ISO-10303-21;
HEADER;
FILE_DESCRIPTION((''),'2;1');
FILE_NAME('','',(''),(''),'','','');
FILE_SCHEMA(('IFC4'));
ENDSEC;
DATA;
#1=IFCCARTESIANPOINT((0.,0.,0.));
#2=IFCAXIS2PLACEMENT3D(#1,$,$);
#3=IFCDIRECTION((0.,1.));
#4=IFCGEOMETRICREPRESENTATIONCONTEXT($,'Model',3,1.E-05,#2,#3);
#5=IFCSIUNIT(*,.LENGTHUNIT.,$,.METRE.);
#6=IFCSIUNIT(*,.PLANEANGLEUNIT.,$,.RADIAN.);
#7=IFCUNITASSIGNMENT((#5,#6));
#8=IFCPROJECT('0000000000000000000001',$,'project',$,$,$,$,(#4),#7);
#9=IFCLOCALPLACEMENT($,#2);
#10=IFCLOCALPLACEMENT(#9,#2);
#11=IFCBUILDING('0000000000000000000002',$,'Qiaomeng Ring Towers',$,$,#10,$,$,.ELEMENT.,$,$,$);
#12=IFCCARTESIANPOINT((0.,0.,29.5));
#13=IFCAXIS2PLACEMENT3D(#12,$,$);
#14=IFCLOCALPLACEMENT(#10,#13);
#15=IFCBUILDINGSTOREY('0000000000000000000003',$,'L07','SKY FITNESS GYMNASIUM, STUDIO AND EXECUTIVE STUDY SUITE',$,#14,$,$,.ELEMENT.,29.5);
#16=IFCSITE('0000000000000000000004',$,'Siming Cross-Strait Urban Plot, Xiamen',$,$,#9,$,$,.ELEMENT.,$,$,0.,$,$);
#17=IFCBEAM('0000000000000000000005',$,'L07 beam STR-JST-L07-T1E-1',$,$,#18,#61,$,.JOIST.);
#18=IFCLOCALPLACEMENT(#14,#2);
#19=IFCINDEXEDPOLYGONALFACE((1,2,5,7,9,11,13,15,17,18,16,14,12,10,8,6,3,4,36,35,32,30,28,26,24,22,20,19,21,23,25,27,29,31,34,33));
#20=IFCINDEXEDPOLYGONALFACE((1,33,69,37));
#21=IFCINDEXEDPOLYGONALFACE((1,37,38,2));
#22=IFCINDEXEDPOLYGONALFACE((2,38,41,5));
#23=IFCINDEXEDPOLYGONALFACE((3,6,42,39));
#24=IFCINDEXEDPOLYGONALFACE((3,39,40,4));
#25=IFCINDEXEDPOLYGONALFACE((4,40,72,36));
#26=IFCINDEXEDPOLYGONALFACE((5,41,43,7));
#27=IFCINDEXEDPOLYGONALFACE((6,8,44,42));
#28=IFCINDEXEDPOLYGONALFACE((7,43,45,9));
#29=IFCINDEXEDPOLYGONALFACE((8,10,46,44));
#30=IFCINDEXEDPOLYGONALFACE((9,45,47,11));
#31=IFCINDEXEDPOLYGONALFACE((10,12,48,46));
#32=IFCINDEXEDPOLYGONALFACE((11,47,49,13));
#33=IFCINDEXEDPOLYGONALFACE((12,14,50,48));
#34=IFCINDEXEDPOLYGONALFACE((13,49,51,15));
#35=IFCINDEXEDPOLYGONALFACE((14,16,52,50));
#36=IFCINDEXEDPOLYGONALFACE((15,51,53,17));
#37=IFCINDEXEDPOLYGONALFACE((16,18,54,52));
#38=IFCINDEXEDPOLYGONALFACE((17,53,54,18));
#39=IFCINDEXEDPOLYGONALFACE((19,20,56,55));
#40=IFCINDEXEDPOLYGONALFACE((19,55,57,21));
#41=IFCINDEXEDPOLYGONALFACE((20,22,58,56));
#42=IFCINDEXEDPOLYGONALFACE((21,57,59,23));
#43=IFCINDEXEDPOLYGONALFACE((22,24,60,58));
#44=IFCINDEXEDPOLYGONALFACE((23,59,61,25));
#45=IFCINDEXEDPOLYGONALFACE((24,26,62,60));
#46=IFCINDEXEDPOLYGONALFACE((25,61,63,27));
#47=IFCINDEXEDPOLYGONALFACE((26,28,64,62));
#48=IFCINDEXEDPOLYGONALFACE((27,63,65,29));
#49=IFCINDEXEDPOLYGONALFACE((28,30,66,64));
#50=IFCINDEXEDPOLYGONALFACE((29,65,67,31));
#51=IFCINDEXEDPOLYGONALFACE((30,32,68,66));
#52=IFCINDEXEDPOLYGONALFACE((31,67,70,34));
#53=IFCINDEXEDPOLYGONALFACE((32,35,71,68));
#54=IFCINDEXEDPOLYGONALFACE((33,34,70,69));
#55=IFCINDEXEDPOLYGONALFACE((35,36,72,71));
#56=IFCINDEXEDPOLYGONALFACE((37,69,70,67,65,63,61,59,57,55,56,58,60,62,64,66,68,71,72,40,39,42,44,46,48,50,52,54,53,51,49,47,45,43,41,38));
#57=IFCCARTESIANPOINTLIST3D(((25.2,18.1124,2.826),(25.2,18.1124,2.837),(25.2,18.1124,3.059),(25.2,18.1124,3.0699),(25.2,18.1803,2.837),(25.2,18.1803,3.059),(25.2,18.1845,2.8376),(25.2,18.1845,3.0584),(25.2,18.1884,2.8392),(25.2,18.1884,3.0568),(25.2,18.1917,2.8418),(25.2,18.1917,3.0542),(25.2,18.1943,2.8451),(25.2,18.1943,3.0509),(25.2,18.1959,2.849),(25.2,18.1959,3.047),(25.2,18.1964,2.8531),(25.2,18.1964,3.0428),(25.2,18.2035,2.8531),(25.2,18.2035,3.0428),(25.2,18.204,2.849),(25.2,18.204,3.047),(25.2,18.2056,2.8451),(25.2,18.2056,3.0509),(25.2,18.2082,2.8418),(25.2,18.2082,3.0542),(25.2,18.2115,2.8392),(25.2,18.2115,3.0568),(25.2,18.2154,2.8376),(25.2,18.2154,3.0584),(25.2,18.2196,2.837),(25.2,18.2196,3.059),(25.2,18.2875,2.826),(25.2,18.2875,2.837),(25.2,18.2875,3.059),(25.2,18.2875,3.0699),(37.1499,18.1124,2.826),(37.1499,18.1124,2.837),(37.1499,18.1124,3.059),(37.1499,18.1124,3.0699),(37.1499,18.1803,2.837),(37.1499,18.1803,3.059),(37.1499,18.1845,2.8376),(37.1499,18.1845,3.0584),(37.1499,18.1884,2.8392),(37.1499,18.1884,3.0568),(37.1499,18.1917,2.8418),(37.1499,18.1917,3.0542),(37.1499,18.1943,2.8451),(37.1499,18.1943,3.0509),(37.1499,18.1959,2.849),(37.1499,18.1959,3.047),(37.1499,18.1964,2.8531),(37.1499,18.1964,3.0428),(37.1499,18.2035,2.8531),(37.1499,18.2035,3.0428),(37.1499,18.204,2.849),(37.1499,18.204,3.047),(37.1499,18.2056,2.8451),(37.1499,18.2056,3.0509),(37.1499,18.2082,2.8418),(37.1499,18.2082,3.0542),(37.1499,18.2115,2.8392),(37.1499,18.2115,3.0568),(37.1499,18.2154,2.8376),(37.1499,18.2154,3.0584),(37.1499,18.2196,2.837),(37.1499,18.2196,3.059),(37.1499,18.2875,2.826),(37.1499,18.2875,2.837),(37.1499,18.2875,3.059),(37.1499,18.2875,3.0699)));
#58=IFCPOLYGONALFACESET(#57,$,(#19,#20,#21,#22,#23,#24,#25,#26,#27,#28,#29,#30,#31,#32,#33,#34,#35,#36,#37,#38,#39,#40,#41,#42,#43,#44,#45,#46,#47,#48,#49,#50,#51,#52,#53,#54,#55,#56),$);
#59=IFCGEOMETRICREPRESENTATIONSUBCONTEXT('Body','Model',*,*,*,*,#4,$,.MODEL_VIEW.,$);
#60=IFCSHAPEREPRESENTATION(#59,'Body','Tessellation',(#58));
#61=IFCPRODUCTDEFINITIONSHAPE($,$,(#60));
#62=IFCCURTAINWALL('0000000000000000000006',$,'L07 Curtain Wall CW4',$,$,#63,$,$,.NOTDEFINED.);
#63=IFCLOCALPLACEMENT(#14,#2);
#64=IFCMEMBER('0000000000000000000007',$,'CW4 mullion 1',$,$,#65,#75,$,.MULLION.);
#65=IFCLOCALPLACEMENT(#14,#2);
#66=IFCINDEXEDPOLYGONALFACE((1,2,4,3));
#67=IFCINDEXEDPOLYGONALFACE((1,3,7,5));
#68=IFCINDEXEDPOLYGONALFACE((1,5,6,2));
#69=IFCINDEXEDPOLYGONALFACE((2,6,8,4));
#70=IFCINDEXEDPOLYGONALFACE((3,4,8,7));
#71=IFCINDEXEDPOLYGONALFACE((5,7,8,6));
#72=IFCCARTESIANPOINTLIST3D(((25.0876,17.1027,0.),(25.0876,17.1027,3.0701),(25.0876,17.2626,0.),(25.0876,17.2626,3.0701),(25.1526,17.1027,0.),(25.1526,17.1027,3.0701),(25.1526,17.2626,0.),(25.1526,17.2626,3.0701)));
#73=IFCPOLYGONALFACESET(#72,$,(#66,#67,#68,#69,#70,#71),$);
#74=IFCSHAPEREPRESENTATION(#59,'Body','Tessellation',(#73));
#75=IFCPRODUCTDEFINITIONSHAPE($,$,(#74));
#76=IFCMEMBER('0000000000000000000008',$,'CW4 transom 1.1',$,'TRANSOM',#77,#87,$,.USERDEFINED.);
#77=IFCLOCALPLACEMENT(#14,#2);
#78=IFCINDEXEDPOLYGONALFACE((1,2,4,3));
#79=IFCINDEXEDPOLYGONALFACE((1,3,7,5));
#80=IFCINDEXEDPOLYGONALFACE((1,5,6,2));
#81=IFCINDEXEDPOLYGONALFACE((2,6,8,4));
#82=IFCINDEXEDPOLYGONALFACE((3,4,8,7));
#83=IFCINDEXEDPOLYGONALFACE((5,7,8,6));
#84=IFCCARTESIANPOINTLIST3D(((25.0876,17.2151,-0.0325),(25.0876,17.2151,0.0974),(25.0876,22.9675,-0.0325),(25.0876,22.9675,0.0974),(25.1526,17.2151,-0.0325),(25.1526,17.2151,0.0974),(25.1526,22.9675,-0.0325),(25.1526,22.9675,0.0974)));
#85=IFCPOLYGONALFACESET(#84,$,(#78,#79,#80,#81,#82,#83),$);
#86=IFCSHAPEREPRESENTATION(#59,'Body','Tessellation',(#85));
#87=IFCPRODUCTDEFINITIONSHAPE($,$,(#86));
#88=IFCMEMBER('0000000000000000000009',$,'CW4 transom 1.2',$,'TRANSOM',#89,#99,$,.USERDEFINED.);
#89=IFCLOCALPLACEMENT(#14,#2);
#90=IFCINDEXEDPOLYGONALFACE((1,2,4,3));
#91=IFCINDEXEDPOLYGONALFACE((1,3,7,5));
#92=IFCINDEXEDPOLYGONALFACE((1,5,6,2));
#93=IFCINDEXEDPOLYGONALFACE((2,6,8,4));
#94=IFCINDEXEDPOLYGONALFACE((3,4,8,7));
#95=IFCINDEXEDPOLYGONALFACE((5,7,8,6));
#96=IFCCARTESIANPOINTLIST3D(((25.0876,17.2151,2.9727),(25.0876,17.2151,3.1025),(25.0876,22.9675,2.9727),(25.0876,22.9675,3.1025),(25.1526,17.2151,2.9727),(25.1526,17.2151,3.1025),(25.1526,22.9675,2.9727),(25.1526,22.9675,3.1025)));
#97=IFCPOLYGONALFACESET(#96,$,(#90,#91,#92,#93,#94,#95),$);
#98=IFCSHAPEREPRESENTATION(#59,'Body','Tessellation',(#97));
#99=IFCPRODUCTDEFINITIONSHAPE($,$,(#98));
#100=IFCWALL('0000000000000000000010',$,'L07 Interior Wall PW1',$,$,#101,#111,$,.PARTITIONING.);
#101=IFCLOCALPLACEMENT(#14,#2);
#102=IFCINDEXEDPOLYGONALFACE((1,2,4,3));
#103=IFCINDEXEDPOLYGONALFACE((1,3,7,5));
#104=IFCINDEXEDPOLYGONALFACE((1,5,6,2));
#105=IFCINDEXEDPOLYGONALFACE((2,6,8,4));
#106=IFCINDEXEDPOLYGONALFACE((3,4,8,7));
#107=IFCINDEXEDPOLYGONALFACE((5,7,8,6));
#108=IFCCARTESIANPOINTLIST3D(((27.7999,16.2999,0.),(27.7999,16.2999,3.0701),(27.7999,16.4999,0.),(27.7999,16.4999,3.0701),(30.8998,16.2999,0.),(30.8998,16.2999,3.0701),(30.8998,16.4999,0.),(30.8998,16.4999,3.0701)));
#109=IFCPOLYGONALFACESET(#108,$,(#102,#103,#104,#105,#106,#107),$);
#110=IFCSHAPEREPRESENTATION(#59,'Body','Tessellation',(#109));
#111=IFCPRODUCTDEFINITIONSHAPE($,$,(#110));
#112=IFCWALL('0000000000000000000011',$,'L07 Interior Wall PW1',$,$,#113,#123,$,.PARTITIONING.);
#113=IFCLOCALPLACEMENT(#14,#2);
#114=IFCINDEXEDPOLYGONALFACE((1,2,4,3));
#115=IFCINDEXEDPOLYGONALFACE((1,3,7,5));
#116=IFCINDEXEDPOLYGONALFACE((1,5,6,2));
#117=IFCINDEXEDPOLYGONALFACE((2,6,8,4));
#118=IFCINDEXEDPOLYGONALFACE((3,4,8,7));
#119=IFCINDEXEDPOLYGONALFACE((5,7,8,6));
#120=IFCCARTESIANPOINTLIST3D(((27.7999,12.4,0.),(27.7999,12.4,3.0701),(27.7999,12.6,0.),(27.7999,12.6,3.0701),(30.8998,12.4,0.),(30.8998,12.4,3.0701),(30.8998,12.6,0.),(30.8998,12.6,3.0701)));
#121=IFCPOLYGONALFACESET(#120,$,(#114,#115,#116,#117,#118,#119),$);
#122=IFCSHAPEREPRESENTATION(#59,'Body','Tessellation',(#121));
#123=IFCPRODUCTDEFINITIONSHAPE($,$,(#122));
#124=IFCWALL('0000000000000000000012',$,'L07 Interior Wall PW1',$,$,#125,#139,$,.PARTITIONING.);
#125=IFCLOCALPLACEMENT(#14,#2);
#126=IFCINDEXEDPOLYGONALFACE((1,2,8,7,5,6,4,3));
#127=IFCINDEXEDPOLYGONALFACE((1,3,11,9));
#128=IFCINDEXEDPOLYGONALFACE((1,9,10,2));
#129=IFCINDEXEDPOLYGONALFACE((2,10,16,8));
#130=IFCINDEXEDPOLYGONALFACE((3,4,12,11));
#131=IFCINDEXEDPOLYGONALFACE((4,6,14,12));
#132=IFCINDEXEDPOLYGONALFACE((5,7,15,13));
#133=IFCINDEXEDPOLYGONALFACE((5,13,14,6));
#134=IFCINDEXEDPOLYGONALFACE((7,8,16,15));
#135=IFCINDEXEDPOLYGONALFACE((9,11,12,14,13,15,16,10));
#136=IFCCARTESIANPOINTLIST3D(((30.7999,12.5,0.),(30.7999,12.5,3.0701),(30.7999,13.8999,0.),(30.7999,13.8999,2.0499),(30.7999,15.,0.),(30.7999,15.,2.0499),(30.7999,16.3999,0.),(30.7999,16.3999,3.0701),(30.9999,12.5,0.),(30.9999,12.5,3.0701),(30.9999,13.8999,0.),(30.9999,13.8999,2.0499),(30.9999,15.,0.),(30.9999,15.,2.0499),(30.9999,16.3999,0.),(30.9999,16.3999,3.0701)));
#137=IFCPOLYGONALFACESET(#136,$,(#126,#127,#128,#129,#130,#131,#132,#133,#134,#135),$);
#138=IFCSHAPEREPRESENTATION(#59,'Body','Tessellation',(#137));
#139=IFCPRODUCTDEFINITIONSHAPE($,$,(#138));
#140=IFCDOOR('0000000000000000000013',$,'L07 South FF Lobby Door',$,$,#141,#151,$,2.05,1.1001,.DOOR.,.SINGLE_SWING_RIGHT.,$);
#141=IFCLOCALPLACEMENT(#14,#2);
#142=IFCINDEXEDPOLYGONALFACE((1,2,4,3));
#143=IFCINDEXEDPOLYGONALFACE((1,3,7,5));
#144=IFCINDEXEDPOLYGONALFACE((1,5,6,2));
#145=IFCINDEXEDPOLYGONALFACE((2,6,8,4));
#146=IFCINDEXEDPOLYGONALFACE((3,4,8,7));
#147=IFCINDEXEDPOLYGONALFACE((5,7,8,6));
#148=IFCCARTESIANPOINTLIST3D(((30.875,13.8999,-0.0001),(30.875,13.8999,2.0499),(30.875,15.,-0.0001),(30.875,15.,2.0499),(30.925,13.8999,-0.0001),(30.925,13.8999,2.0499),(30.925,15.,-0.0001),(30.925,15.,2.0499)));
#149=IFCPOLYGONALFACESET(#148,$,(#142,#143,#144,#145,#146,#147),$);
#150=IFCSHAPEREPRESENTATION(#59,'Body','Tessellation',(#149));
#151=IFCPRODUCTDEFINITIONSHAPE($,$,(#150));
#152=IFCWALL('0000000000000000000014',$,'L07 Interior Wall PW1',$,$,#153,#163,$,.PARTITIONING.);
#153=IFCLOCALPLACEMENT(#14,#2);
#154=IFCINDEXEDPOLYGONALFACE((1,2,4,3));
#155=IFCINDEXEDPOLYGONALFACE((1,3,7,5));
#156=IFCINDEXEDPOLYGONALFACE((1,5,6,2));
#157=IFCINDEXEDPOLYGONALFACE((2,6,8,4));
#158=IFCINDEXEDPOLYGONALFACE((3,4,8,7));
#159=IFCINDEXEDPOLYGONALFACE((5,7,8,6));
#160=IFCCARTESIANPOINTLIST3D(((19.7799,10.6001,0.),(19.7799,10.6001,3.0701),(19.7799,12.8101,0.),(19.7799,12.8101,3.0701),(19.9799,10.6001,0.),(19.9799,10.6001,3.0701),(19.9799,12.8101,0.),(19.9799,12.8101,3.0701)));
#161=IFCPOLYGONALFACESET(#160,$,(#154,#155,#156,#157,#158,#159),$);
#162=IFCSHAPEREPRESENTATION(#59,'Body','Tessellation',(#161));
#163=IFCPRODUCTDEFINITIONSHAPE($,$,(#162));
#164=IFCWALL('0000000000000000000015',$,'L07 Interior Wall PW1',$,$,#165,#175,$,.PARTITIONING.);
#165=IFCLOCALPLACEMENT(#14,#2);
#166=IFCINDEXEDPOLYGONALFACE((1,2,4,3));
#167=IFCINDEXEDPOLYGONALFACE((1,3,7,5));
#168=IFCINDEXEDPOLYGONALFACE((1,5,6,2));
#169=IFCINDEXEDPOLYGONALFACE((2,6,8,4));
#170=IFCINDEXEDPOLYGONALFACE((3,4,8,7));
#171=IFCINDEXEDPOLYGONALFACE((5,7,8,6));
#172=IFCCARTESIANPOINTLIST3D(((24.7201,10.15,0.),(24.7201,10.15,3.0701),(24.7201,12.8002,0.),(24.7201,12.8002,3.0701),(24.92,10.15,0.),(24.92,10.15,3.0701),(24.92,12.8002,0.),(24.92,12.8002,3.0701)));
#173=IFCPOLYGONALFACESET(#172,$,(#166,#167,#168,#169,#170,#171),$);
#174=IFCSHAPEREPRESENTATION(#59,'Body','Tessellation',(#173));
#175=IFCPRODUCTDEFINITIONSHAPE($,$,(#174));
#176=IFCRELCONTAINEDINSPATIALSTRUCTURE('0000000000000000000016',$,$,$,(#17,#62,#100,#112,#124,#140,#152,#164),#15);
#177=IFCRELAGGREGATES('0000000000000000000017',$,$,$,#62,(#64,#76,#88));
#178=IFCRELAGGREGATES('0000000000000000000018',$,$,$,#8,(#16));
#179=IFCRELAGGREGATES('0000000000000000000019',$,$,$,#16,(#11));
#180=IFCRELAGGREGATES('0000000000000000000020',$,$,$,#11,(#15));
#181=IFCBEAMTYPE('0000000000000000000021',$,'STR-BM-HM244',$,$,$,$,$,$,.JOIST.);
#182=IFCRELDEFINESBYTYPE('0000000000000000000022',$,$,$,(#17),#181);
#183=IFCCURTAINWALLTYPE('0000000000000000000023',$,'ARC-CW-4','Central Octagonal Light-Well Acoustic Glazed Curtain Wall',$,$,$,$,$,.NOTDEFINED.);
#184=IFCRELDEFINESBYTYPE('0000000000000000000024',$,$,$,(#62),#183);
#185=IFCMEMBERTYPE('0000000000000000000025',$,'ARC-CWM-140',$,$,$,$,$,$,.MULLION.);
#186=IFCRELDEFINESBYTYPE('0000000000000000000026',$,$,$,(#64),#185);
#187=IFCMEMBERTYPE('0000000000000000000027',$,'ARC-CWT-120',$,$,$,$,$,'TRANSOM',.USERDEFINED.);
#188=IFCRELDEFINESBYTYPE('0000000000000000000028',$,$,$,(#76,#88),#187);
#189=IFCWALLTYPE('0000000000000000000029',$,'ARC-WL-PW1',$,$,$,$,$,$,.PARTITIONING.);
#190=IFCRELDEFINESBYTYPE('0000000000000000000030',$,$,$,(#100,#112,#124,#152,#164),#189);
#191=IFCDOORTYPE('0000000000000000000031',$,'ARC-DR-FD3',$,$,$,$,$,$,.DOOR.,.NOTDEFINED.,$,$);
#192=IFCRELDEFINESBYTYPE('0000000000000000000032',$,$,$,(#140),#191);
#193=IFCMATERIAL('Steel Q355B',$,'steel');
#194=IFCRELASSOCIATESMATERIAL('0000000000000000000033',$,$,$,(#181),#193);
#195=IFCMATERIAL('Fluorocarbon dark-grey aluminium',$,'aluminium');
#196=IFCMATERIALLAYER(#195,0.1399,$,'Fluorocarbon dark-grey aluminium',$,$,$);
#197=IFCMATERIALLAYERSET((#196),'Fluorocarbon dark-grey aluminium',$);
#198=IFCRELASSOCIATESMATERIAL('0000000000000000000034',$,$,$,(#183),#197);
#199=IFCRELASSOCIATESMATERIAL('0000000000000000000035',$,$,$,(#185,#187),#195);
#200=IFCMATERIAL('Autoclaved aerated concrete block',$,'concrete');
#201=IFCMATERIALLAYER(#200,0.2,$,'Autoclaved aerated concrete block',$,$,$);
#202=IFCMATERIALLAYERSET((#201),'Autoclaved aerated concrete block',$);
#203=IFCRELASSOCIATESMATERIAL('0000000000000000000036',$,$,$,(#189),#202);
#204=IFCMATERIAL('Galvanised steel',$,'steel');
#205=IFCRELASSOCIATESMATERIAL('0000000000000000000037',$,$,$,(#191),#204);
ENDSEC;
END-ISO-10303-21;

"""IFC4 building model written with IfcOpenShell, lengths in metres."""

from ifc_helpers import new_model, si_unit, direction, frame, frame_2d, origin, origin_2d, place, context, subcontext, project, spatial, rectangle, i_section, extrude, source, transform, mapped, material, layer, layer_set, material_profile, profile_set, type_object, element, fill, aggregate, save


model = new_model("IFC4")

# Units and contexts
model_context = context("Model", 3, precision=1e-05, world=origin(), true_north=direction((0.0, 1.0)))
body_context = subcontext(model_context, "Body", "Model", "MODEL_VIEW")
ifc_project = project(units=[si_unit("LENGTHUNIT", "METRE"), si_unit("PLANEANGLEUNIT", "RADIAN")], contexts=[model_context])

# Site, building, storey
site_placement = place(None, origin())
site = spatial("IfcSite", under=ifc_project, at=site_placement, Name="Siming Cross-Strait Urban Plot, Xiamen", CompositionType="ELEMENT", RefElevation=0.0)
building_placement = place(site_placement, origin())
building = spatial("IfcBuilding", under=site, at=building_placement, Name="Qiaomeng Ring Towers", CompositionType="ELEMENT")
storey_placement = place(building_placement, frame((0.0, 0.0, 29.5)))
storey = spatial("IfcBuildingStorey", under=building, at=storey_placement, Name="L07", Description="SKY FITNESS GYMNASIUM, STUDIO AND EXECUTIVE STUDY SUITE", CompositionType="ELEMENT", Elevation=29.5)

# Beam
ifc_material_1 = material(Name="Steel Q355B", Category="steel")
ifc_material_profile_1 = material_profile(ifc_material_1, i_section(OverallWidth=0.175, OverallDepth=0.2439, WebThickness=0.0071, FlangeThickness=0.011, FilletRadius=0.0161, at=origin_2d()), Name="HM 244x175x7x11")
ifc_profile_set_1 = profile_set([ifc_material_profile_1], Name="Steel Q355B")
beam_type_1 = type_object("IfcBeamType", Name="STR-BM-HM244", PredefinedType="JOIST", material=ifc_profile_set_1)
shared_shape_1 = source(origin(), body_context, "Body", "SweptSolid", [
    extrude(i_section(OverallWidth=0.175, OverallDepth=0.2439, WebThickness=0.0071, FlangeThickness=0.011, FilletRadius=0.0161, at=origin_2d()), origin(), (0.0, 0.0, 1.0), 11.95),
])
beam_1_placement = place(storey_placement, frame((25.2, 18.2, 2.948), z_axis=(1.0, 0.0, 0.0), x_axis=(0.0, 1.0, 0.0)))
element("IfcBeam", 1, at=beam_1_placement, inside=storey, type_object=beam_type_1, Name="L07 beam STR-JST-L07-T1E-1", PredefinedType="JOIST", context=body_context, shape_type="MappedRepresentation", body=[
    mapped(shared_shape_1, transform((0.0, 0.0, 0.0), x_axis=(1.0, 0.0, 0.0), y_axis=(0.0, 1.0, 0.0), z_axis=(0.0, 0.0, 1.0), scale=1.0)),
])

# Curtain wall, members
ifc_material_2 = material(Name="Fluorocarbon dark-grey aluminium", Category="aluminium")
ifc_layer_1 = layer(ifc_material_2, 0.1399, Name="Fluorocarbon dark-grey aluminium")
ifc_layer_set_1 = layer_set([ifc_layer_1], Name="Fluorocarbon dark-grey aluminium")
curtain_wall_type = type_object("IfcCurtainWallType", Name="ARC-CW-4", Description="Central Octagonal Light-Well Acoustic Glazed Curtain Wall", PredefinedType="NOTDEFINED", material=ifc_layer_set_1)
curtain_wall_placement = place(storey_placement, origin())
curtain_wall = element("IfcCurtainWall", 2, at=curtain_wall_placement, inside=storey, type_object=curtain_wall_type, Name="L07 Curtain Wall CW4", PredefinedType="NOTDEFINED")
ifc_material_profile_2 = material_profile(ifc_material_2, rectangle(XDim=0.0649, YDim=0.1599, at=origin_2d()), Name="ALU MULL 65x160")
ifc_profile_set_2 = profile_set([ifc_material_profile_2], Name="Fluorocarbon dark-grey aluminium")
member_type_1 = type_object("IfcMemberType", Name="ARC-CWM-140", PredefinedType="MULLION", material=ifc_profile_set_2)
shared_shape_2 = source(origin(), body_context, "Body", "SweptSolid", [
    extrude(rectangle(XDim=0.0649, YDim=0.1599, at=origin_2d()), origin(), (0.0, 0.0, 1.0), 3.0701),
])
member_1_placement = place(storey_placement, frame((25.1201, 17.1826, 0.0), z_axis=(0.0, 0.0, 1.0), x_axis=(-1.0, 0.0, 0.0)))
member_1 = element("IfcMember", 3, at=member_1_placement, type_object=member_type_1, Name="CW4 mullion 1", PredefinedType="MULLION", context=body_context, shape_type="MappedRepresentation", body=[
    mapped(shared_shape_2, transform((0.0, 0.0, 0.0), x_axis=(1.0, 0.0, 0.0), y_axis=(0.0, 1.0, 0.0), z_axis=(0.0, 0.0, 1.0), scale=1.0)),
])
ifc_material_profile_3 = material_profile(ifc_material_2, rectangle(XDim=0.0649, YDim=0.1299, at=origin_2d()), Name="ALU TRAN 65x130")
ifc_profile_set_3 = profile_set([ifc_material_profile_3], Name="Fluorocarbon dark-grey aluminium")
member_type_2 = type_object("IfcMemberType", Name="ARC-CWT-120", ElementType="TRANSOM", PredefinedType="USERDEFINED", material=ifc_profile_set_3)
shared_shape_3 = source(origin(), body_context, "Body", "SweptSolid", [
    extrude(rectangle(XDim=0.0649, YDim=0.1299, at=origin_2d()), origin(), (0.0, 0.0, 1.0), 5.7524),
])
member_2_placement = place(storey_placement, frame((25.1201, 17.2151, 0.0325), z_axis=(0.0, 1.0, 0.0), x_axis=(-1.0, 0.0, 0.0)))
member_2 = element("IfcMember", 4, at=member_2_placement, type_object=member_type_2, Name="CW4 transom 1.1", ObjectType="TRANSOM", PredefinedType="USERDEFINED", context=body_context, shape_type="MappedRepresentation", body=[
    mapped(shared_shape_3, transform((0.0, 0.0, 0.0), x_axis=(1.0, 0.0, 0.0), y_axis=(0.0, 1.0, 0.0), z_axis=(0.0, 0.0, 1.0), scale=1.0)),
])
member_3_placement = place(storey_placement, frame((25.1201, 17.2151, 3.0376), z_axis=(0.0, 1.0, 0.0), x_axis=(-1.0, 0.0, 0.0)))
member_3 = element("IfcMember", 5, at=member_3_placement, type_object=member_type_2, Name="CW4 transom 1.2", ObjectType="TRANSOM", PredefinedType="USERDEFINED", context=body_context, shape_type="MappedRepresentation", body=[
    mapped(shared_shape_3, transform((0.0, 0.0, 0.0), x_axis=(1.0, 0.0, 0.0), y_axis=(0.0, 1.0, 0.0), z_axis=(0.0, 0.0, 1.0), scale=1.0)),
])
aggregate(curtain_wall, [member_1, member_2, member_3])

# Walls
ifc_material_3 = material(Name="Autoclaved aerated concrete block", Category="concrete")
ifc_layer_2 = layer(ifc_material_3, 0.2, Name="Autoclaved aerated concrete block")
ifc_layer_set_2 = layer_set([ifc_layer_2], Name="Autoclaved aerated concrete block")
wall_type_1 = type_object("IfcWallType", Name="ARC-WL-PW1", PredefinedType="PARTITIONING", material=ifc_layer_set_2)
for number, where, z_axis, x_axis, name in (
    (6, (27.8, 16.3999, 0.0), (0.0, 0.0, 1.0), (1.0, 0.0, 0.0), "L07 Interior Wall PW1"),
    (7, (27.8, 12.5, 0.0), (0.0, 0.0, 1.0), (1.0, 0.0, 0.0), "L07 Interior Wall PW1"),
):
    element("IfcWall", number, at=place(storey_placement, frame(where, z_axis=z_axis, x_axis=x_axis)), inside=storey, type_object=wall_type_1, Name=name, PredefinedType="PARTITIONING", context=body_context, shape_type="SweptSolid", body=[
        extrude(rectangle(XDim=3.0999, YDim=0.2, at=frame_2d((1.5498, 0.0))), origin(), (0.0, 0.0, 1.0), 3.0701),
    ])

# Wall, opening, door
wall_1_placement = place(storey_placement, frame((30.8999, 12.5, 0.0), z_axis=(0.0, 0.0, 1.0), x_axis=(0.0, 1.0, 0.0)))
wall_1 = element("IfcWall", 8, at=wall_1_placement, inside=storey, type_object=wall_type_1, Name="L07 Interior Wall PW1", PredefinedType="PARTITIONING", context=body_context, shape_type="SweptSolid", body=[
    extrude(rectangle(XDim=3.8999, YDim=0.2, at=frame_2d((1.95, 0.0))), origin(), (0.0, 0.0, 1.0), 3.0701),
])
opening_1_placement = place(wall_1_placement, frame((1.3999, 0.0, 0.0)))
opening_1 = element("IfcOpeningElement", 9, at=opening_1_placement, cuts=wall_1, PredefinedType="OPENING", context=body_context, shape_type="SweptSolid", body=[
    extrude(rectangle(XDim=1.1001, YDim=2.05, at=frame_2d((0.55, 1.0249))), frame((0.0, 0.1099, 0.0), z_axis=(0.0, -1.0, 0.0), x_axis=(1.0, 0.0, 0.0)), (0.0, 0.0, 1.0), 0.22),
])
ifc_material_4 = material(Name="Galvanised steel", Category="steel")
door_type_1 = type_object("IfcDoorType", Name="ARC-DR-FD3", OperationType="NOTDEFINED", PredefinedType="DOOR", material=ifc_material_4)
shared_shape_4 = source(origin(), body_context, "Body", "SweptSolid", [
    extrude(rectangle(XDim=1.1001, YDim=2.05, at=frame_2d((0.55, 1.0249))), frame((0.0, 0.0249, 0.0), z_axis=(0.0, -1.0, 0.0), x_axis=(1.0, 0.0, 0.0)), (0.0, 0.0, 1.0), 0.05),
])
door_1_placement = place(opening_1_placement, origin())
door_1 = element("IfcDoor", 10, at=door_1_placement, inside=storey, type_object=door_type_1, Name="L07 South FF Lobby Door", OperationType="SINGLE_SWING_RIGHT", OverallHeight=2.05, OverallWidth=1.1001, PredefinedType="DOOR", context=body_context, shape_type="MappedRepresentation", body=[
    mapped(shared_shape_4, transform((0.0, 0.0, 0.0), x_axis=(1.0, 0.0, 0.0), y_axis=(0.0, 1.0, 0.0), z_axis=(0.0, 0.0, 1.0), scale=1.0)),
])
fill(opening_1, door_1)

# Walls
wall_2_placement = place(storey_placement, frame((19.8799, 10.6001, 0.0), z_axis=(0.0, 0.0, 1.0), x_axis=(0.0, 1.0, 0.0)))
element("IfcWall", 11, at=wall_2_placement, inside=storey, type_object=wall_type_1, Name="L07 Interior Wall PW1", PredefinedType="PARTITIONING", context=body_context, shape_type="SweptSolid", body=[
    extrude(rectangle(XDim=2.21, YDim=0.2, at=frame_2d((1.105, 0.0))), origin(), (0.0, 0.0, 1.0), 3.0701),
])
wall_3_placement = place(storey_placement, frame((24.8201, 10.1499, 0.0), z_axis=(0.0, 0.0, 1.0), x_axis=(0.0, 1.0, 0.0)))
element("IfcWall", 12, at=wall_3_placement, inside=storey, type_object=wall_type_1, Name="L07 Interior Wall PW1", PredefinedType="PARTITIONING", context=body_context, shape_type="SweptSolid", body=[
    extrude(rectangle(XDim=2.6501, YDim=0.2, at=frame_2d((1.3252, 0.0))), origin(), (0.0, 0.0, 1.0), 3.0701),
])

save(model, "model.ifc")
